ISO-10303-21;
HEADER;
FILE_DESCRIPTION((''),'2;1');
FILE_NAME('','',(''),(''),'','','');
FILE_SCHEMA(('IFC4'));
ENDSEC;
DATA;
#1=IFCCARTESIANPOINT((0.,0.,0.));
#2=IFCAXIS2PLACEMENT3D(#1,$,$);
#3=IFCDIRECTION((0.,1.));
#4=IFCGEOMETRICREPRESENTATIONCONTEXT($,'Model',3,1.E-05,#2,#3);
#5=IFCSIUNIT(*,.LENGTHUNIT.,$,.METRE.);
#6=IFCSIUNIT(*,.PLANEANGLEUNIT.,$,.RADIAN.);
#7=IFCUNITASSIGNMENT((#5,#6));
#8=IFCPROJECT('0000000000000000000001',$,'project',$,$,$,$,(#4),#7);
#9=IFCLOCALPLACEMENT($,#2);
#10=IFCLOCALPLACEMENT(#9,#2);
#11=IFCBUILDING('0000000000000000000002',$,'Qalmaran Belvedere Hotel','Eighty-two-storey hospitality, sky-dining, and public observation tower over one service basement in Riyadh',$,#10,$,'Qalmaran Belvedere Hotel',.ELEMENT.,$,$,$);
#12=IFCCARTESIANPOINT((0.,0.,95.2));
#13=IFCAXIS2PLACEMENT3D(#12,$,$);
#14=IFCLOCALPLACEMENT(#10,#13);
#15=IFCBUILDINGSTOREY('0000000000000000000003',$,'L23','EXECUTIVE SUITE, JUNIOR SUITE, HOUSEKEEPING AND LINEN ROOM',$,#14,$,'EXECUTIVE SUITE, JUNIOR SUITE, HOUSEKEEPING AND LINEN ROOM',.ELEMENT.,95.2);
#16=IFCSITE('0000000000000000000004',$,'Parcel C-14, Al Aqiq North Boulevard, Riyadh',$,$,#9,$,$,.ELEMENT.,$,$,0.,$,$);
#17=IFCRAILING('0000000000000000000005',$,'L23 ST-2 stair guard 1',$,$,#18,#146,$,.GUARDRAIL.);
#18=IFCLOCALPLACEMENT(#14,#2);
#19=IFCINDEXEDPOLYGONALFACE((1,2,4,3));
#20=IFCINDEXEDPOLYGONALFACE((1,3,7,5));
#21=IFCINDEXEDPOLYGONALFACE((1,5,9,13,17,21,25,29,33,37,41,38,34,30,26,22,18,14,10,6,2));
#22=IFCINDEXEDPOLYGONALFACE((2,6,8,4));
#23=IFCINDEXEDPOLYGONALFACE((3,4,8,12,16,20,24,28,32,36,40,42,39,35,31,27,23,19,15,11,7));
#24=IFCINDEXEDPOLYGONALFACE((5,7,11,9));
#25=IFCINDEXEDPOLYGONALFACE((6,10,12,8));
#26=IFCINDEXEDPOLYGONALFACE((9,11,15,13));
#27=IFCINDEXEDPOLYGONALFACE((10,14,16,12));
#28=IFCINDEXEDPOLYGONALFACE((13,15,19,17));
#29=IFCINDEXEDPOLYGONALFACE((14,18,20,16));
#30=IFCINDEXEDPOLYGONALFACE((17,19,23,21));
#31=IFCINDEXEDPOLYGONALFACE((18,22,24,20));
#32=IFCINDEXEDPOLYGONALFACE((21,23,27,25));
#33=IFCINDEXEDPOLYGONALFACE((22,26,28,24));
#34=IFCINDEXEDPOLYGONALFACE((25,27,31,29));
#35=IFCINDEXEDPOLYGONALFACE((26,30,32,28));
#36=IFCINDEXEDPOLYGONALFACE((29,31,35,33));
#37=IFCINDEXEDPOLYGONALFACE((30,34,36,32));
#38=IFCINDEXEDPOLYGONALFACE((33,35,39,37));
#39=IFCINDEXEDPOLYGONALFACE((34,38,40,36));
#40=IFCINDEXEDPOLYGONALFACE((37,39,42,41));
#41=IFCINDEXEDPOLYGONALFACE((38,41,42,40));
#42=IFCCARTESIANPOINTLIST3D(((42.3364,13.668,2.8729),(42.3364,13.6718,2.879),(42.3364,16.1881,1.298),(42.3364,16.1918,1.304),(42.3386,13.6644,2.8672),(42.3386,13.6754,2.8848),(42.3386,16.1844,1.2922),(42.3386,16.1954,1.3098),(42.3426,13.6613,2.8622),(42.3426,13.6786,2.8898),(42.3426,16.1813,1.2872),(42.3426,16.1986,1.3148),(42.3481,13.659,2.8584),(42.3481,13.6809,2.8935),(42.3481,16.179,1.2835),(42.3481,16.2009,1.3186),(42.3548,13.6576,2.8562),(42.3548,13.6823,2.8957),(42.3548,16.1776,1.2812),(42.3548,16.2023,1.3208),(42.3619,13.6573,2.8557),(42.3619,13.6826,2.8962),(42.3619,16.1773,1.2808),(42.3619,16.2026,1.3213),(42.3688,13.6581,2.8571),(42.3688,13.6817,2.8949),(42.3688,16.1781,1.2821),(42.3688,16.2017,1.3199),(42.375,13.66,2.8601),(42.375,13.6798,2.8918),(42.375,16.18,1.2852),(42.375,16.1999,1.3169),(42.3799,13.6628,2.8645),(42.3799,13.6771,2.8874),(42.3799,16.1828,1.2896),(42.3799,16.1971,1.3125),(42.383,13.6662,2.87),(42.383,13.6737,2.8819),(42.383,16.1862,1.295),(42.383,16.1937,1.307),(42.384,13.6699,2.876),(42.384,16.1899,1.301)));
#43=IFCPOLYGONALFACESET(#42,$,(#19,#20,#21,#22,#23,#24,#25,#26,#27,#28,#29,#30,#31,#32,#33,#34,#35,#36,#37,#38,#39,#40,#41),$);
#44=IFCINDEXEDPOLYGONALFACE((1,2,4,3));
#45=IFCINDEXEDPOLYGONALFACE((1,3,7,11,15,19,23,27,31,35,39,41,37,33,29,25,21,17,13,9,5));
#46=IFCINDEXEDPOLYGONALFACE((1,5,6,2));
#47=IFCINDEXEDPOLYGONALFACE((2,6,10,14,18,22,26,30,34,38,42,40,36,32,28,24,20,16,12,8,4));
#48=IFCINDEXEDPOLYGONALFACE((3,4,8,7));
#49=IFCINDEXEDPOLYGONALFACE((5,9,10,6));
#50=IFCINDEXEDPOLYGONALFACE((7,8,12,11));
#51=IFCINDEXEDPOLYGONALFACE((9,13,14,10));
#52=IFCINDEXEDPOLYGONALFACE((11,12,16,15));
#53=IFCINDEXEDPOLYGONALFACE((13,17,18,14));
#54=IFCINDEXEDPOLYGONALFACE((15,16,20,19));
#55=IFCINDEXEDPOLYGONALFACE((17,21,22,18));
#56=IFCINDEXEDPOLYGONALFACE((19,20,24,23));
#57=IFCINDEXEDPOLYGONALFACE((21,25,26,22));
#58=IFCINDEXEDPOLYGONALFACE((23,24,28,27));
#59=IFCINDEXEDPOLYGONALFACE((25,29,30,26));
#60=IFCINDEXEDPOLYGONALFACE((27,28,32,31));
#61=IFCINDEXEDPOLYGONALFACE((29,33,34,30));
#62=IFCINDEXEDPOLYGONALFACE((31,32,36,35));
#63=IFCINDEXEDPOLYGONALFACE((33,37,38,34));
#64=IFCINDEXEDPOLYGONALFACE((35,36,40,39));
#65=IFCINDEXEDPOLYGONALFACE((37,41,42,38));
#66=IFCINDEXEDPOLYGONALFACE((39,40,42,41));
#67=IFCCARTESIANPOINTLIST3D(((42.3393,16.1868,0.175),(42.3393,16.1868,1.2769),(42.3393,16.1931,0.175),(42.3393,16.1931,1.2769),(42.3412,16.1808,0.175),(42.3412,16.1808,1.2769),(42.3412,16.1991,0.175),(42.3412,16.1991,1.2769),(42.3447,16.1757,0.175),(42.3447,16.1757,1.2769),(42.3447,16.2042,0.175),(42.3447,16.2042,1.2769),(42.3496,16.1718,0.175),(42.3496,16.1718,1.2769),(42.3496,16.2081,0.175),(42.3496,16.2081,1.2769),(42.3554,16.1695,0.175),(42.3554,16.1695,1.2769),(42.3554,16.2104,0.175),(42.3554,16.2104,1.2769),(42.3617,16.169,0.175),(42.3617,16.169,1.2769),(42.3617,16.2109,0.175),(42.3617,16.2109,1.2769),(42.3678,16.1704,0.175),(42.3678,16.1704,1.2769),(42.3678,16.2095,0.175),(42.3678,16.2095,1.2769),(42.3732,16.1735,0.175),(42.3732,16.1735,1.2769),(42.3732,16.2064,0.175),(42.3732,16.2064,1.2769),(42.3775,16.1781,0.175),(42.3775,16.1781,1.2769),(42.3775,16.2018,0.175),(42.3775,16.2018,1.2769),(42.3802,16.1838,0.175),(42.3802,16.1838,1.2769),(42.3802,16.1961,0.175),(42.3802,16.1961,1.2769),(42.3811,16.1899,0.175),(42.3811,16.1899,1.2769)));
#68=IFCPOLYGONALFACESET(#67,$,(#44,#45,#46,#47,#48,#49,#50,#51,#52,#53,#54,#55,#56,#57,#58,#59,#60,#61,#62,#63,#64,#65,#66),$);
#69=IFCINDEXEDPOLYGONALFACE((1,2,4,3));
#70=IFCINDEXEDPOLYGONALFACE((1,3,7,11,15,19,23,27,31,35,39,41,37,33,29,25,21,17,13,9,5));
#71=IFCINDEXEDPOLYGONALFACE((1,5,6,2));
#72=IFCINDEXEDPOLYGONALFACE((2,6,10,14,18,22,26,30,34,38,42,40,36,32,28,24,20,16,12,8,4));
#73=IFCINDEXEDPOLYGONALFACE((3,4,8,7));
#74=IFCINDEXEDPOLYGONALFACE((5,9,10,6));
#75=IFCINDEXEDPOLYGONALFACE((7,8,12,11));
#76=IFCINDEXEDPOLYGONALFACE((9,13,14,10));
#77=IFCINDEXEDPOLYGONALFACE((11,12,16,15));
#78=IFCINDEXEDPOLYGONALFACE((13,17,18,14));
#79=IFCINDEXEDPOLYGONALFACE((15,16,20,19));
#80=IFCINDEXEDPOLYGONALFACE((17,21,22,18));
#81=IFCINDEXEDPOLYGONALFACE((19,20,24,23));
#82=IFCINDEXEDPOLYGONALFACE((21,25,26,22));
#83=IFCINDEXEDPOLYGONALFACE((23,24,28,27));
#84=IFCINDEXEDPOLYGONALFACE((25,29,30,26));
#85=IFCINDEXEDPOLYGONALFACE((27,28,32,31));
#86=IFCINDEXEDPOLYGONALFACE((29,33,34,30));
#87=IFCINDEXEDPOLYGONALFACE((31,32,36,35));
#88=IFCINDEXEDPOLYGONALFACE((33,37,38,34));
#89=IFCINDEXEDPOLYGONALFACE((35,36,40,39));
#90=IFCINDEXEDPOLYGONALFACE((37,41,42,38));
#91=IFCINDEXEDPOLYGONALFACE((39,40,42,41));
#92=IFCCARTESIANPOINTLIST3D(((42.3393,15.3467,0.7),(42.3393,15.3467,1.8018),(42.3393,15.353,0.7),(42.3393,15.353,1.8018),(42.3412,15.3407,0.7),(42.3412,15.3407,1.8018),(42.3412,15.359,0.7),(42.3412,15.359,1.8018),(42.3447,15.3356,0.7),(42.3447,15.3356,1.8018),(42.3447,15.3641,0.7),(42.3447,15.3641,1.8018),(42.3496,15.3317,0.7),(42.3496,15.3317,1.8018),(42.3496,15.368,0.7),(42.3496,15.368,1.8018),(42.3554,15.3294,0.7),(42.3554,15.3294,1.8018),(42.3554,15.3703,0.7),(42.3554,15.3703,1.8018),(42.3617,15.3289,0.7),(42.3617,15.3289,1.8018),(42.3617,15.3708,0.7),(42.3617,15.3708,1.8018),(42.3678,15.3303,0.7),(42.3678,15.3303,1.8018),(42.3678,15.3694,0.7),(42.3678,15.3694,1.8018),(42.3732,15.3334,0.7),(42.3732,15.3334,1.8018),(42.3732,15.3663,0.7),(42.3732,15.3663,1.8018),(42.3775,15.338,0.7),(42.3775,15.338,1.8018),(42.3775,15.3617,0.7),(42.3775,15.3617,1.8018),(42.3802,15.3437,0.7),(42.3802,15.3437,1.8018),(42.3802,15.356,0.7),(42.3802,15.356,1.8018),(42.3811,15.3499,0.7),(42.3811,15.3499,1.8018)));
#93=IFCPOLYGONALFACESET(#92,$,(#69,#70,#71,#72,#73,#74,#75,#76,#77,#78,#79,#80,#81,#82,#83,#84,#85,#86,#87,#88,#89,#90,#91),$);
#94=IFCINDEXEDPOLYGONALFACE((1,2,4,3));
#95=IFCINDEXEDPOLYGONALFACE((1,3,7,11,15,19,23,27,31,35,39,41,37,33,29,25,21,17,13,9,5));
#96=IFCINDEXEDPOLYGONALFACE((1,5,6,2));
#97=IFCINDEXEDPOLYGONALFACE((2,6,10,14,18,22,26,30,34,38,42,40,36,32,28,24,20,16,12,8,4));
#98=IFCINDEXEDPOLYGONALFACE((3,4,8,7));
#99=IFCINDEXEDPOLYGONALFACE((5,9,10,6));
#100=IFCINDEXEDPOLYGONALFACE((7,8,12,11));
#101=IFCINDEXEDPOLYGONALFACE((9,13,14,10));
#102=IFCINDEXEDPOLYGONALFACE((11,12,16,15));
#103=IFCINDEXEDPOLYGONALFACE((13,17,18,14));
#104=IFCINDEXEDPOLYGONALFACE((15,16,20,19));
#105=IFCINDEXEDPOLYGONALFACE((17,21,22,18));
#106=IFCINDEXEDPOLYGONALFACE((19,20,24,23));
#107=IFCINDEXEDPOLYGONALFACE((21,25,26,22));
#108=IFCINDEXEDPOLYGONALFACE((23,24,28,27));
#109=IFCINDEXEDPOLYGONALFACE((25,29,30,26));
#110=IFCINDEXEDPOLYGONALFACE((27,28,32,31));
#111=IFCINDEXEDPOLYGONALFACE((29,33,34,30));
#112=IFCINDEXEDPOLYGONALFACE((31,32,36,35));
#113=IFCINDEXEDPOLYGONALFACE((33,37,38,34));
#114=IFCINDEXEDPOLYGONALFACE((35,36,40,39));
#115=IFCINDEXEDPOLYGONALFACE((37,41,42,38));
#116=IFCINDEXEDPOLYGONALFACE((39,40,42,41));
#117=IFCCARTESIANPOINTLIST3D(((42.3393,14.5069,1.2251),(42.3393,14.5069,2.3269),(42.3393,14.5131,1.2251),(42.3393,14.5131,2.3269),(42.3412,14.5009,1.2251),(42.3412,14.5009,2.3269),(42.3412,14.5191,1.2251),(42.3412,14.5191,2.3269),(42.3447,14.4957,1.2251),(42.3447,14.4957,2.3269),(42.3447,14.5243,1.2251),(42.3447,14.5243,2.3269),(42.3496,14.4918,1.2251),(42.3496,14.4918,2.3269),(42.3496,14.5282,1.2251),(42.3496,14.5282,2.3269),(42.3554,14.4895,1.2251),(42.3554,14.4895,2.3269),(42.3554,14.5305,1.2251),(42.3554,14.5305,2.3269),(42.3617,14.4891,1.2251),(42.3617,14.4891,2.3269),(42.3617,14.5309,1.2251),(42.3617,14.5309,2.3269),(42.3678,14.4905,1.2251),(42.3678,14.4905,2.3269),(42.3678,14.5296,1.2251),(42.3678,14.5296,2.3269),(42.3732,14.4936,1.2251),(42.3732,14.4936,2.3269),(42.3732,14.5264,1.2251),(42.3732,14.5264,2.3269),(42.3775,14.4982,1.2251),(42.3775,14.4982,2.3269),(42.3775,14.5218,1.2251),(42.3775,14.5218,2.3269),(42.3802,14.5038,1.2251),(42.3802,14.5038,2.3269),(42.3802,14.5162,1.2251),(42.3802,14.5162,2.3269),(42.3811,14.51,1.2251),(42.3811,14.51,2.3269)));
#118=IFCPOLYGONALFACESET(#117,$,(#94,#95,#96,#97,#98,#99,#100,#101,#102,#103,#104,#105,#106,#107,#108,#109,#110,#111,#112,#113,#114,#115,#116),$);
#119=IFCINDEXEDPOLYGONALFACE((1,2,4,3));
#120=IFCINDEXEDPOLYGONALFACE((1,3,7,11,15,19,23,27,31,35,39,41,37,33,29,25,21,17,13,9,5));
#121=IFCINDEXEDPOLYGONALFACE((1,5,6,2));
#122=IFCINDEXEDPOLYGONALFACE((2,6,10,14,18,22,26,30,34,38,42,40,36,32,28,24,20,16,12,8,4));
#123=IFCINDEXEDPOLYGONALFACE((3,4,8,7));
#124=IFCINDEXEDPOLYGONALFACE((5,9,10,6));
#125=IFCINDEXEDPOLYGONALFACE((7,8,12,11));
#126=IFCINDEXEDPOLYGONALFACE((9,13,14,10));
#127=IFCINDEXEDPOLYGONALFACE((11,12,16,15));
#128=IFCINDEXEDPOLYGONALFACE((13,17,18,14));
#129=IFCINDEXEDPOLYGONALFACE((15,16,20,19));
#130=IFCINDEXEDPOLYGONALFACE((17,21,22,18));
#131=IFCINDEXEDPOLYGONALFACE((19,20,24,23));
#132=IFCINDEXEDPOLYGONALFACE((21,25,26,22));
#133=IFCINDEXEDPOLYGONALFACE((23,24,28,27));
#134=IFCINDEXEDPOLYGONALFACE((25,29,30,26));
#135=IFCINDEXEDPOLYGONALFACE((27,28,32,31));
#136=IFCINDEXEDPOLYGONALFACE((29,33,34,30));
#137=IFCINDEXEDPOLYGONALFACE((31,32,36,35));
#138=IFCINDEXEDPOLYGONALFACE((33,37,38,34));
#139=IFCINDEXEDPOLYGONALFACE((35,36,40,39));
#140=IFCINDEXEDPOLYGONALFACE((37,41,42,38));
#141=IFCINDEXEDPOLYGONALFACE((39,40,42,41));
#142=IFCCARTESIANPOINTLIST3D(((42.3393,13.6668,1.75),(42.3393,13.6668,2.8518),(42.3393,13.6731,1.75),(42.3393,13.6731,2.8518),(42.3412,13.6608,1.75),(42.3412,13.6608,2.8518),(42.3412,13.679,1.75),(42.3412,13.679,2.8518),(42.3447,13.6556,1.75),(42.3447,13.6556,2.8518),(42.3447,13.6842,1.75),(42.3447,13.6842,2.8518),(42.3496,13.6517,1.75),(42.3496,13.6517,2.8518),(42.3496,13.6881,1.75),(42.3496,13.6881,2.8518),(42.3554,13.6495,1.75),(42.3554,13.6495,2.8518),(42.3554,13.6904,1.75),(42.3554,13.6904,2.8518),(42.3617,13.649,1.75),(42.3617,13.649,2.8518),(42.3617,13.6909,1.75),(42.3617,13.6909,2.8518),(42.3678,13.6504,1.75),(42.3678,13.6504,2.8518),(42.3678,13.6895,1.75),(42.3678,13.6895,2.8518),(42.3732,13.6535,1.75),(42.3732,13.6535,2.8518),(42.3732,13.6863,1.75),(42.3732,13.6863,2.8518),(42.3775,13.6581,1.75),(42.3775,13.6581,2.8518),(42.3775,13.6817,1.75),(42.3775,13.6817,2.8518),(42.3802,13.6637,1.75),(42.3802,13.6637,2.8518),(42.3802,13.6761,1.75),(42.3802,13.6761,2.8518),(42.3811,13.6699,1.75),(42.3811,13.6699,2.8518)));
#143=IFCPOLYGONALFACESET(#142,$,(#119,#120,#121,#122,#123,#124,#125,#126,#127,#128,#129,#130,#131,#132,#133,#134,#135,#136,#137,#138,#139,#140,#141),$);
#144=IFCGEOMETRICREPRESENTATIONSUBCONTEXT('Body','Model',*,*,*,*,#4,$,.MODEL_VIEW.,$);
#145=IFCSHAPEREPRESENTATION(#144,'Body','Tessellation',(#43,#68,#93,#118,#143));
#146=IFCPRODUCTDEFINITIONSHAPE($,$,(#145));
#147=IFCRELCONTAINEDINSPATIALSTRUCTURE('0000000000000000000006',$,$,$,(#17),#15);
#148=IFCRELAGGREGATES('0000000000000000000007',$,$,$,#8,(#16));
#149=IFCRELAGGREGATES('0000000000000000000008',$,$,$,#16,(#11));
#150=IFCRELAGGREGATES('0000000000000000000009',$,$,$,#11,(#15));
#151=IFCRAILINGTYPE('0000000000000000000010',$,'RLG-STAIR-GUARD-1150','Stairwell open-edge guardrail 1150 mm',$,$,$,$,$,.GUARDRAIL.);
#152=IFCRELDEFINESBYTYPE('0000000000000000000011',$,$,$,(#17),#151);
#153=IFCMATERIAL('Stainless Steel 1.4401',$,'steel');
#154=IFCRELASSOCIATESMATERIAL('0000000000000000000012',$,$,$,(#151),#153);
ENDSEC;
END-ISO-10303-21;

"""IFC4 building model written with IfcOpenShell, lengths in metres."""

from ifc_helpers import new_model, si_unit, direction, frame, origin, origin_2d, place, context, subcontext, project, spatial, circle, extrude, material, type_object, element, save


model = new_model("IFC4")

# Units and contexts
model_context = context("Model", 3, precision=1e-05, world=origin(), true_north=direction((0.0, 1.0)))
body_context = subcontext(model_context, "Body", "Model", "MODEL_VIEW")
ifc_project = project(units=[si_unit("LENGTHUNIT", "METRE"), si_unit("PLANEANGLEUNIT", "RADIAN")], contexts=[model_context])

# Site, building, storey
site_placement = place(None, origin())
site = spatial("IfcSite", under=ifc_project, at=site_placement, Name="Parcel C-14, Al Aqiq North Boulevard, Riyadh", CompositionType="ELEMENT", RefElevation=0.0)
building_placement = place(site_placement, origin())
building = spatial("IfcBuilding", under=site, at=building_placement, Name="Qalmaran Belvedere Hotel", Description="Eighty-two-storey hospitality, sky-dining, and public observation tower over one service basement in Riyadh", LongName="Qalmaran Belvedere Hotel", CompositionType="ELEMENT")
storey_placement = place(building_placement, frame((0.0, 0.0, 95.2)))
storey = spatial("IfcBuildingStorey", under=building, at=storey_placement, Name="L23", Description="EXECUTIVE SUITE, JUNIOR SUITE, HOUSEKEEPING AND LINEN ROOM", LongName="EXECUTIVE SUITE, JUNIOR SUITE, HOUSEKEEPING AND LINEN ROOM", CompositionType="ELEMENT", Elevation=95.2)

# Shared definitions
ifc_material_1 = material(Name="Stainless Steel 1.4401", Category="steel")

# Railing
railing_type_1 = type_object("IfcRailingType", Name="RLG-STAIR-GUARD-1150", Description="Stairwell open-edge guardrail 1150 mm", PredefinedType="GUARDRAIL", material=ifc_material_1)
railing_1_placement = place(storey_placement, frame((42.3601, 16.1899, 0.175)))
element("IfcRailing", 1, at=railing_1_placement, inside=storey, type_object=railing_type_1, Name="L23 ST-2 stair guard 1", PredefinedType="GUARDRAIL", context=body_context, shape_type="SweptSolid", body=[
    extrude(circle(Radius=0.0239, at=origin_2d()), frame((0.0, 0.0, 1.126), z_axis=(0.0, -0.848008, 0.529984), x_axis=(1.0, 0.0, 0.0)), (0.0, 0.0, 1.0), 2.9717),
    extrude(circle(Radius=0.021, at=origin_2d()), origin(), (0.0, 0.0, 1.0), 1.1018),
    extrude(circle(Radius=0.021, at=origin_2d()), frame((0.0, -0.8401, 0.5249)), (0.0, 0.0, 1.0), 1.1018),
    extrude(circle(Radius=0.021, at=origin_2d()), frame((0.0, -1.6799, 1.05)), (0.0, 0.0, 1.0), 1.1018),
    extrude(circle(Radius=0.021, at=origin_2d()), frame((0.0, -2.52, 1.575)), (0.0, 0.0, 1.0), 1.1018),
])

save(model, "model.ifc")
